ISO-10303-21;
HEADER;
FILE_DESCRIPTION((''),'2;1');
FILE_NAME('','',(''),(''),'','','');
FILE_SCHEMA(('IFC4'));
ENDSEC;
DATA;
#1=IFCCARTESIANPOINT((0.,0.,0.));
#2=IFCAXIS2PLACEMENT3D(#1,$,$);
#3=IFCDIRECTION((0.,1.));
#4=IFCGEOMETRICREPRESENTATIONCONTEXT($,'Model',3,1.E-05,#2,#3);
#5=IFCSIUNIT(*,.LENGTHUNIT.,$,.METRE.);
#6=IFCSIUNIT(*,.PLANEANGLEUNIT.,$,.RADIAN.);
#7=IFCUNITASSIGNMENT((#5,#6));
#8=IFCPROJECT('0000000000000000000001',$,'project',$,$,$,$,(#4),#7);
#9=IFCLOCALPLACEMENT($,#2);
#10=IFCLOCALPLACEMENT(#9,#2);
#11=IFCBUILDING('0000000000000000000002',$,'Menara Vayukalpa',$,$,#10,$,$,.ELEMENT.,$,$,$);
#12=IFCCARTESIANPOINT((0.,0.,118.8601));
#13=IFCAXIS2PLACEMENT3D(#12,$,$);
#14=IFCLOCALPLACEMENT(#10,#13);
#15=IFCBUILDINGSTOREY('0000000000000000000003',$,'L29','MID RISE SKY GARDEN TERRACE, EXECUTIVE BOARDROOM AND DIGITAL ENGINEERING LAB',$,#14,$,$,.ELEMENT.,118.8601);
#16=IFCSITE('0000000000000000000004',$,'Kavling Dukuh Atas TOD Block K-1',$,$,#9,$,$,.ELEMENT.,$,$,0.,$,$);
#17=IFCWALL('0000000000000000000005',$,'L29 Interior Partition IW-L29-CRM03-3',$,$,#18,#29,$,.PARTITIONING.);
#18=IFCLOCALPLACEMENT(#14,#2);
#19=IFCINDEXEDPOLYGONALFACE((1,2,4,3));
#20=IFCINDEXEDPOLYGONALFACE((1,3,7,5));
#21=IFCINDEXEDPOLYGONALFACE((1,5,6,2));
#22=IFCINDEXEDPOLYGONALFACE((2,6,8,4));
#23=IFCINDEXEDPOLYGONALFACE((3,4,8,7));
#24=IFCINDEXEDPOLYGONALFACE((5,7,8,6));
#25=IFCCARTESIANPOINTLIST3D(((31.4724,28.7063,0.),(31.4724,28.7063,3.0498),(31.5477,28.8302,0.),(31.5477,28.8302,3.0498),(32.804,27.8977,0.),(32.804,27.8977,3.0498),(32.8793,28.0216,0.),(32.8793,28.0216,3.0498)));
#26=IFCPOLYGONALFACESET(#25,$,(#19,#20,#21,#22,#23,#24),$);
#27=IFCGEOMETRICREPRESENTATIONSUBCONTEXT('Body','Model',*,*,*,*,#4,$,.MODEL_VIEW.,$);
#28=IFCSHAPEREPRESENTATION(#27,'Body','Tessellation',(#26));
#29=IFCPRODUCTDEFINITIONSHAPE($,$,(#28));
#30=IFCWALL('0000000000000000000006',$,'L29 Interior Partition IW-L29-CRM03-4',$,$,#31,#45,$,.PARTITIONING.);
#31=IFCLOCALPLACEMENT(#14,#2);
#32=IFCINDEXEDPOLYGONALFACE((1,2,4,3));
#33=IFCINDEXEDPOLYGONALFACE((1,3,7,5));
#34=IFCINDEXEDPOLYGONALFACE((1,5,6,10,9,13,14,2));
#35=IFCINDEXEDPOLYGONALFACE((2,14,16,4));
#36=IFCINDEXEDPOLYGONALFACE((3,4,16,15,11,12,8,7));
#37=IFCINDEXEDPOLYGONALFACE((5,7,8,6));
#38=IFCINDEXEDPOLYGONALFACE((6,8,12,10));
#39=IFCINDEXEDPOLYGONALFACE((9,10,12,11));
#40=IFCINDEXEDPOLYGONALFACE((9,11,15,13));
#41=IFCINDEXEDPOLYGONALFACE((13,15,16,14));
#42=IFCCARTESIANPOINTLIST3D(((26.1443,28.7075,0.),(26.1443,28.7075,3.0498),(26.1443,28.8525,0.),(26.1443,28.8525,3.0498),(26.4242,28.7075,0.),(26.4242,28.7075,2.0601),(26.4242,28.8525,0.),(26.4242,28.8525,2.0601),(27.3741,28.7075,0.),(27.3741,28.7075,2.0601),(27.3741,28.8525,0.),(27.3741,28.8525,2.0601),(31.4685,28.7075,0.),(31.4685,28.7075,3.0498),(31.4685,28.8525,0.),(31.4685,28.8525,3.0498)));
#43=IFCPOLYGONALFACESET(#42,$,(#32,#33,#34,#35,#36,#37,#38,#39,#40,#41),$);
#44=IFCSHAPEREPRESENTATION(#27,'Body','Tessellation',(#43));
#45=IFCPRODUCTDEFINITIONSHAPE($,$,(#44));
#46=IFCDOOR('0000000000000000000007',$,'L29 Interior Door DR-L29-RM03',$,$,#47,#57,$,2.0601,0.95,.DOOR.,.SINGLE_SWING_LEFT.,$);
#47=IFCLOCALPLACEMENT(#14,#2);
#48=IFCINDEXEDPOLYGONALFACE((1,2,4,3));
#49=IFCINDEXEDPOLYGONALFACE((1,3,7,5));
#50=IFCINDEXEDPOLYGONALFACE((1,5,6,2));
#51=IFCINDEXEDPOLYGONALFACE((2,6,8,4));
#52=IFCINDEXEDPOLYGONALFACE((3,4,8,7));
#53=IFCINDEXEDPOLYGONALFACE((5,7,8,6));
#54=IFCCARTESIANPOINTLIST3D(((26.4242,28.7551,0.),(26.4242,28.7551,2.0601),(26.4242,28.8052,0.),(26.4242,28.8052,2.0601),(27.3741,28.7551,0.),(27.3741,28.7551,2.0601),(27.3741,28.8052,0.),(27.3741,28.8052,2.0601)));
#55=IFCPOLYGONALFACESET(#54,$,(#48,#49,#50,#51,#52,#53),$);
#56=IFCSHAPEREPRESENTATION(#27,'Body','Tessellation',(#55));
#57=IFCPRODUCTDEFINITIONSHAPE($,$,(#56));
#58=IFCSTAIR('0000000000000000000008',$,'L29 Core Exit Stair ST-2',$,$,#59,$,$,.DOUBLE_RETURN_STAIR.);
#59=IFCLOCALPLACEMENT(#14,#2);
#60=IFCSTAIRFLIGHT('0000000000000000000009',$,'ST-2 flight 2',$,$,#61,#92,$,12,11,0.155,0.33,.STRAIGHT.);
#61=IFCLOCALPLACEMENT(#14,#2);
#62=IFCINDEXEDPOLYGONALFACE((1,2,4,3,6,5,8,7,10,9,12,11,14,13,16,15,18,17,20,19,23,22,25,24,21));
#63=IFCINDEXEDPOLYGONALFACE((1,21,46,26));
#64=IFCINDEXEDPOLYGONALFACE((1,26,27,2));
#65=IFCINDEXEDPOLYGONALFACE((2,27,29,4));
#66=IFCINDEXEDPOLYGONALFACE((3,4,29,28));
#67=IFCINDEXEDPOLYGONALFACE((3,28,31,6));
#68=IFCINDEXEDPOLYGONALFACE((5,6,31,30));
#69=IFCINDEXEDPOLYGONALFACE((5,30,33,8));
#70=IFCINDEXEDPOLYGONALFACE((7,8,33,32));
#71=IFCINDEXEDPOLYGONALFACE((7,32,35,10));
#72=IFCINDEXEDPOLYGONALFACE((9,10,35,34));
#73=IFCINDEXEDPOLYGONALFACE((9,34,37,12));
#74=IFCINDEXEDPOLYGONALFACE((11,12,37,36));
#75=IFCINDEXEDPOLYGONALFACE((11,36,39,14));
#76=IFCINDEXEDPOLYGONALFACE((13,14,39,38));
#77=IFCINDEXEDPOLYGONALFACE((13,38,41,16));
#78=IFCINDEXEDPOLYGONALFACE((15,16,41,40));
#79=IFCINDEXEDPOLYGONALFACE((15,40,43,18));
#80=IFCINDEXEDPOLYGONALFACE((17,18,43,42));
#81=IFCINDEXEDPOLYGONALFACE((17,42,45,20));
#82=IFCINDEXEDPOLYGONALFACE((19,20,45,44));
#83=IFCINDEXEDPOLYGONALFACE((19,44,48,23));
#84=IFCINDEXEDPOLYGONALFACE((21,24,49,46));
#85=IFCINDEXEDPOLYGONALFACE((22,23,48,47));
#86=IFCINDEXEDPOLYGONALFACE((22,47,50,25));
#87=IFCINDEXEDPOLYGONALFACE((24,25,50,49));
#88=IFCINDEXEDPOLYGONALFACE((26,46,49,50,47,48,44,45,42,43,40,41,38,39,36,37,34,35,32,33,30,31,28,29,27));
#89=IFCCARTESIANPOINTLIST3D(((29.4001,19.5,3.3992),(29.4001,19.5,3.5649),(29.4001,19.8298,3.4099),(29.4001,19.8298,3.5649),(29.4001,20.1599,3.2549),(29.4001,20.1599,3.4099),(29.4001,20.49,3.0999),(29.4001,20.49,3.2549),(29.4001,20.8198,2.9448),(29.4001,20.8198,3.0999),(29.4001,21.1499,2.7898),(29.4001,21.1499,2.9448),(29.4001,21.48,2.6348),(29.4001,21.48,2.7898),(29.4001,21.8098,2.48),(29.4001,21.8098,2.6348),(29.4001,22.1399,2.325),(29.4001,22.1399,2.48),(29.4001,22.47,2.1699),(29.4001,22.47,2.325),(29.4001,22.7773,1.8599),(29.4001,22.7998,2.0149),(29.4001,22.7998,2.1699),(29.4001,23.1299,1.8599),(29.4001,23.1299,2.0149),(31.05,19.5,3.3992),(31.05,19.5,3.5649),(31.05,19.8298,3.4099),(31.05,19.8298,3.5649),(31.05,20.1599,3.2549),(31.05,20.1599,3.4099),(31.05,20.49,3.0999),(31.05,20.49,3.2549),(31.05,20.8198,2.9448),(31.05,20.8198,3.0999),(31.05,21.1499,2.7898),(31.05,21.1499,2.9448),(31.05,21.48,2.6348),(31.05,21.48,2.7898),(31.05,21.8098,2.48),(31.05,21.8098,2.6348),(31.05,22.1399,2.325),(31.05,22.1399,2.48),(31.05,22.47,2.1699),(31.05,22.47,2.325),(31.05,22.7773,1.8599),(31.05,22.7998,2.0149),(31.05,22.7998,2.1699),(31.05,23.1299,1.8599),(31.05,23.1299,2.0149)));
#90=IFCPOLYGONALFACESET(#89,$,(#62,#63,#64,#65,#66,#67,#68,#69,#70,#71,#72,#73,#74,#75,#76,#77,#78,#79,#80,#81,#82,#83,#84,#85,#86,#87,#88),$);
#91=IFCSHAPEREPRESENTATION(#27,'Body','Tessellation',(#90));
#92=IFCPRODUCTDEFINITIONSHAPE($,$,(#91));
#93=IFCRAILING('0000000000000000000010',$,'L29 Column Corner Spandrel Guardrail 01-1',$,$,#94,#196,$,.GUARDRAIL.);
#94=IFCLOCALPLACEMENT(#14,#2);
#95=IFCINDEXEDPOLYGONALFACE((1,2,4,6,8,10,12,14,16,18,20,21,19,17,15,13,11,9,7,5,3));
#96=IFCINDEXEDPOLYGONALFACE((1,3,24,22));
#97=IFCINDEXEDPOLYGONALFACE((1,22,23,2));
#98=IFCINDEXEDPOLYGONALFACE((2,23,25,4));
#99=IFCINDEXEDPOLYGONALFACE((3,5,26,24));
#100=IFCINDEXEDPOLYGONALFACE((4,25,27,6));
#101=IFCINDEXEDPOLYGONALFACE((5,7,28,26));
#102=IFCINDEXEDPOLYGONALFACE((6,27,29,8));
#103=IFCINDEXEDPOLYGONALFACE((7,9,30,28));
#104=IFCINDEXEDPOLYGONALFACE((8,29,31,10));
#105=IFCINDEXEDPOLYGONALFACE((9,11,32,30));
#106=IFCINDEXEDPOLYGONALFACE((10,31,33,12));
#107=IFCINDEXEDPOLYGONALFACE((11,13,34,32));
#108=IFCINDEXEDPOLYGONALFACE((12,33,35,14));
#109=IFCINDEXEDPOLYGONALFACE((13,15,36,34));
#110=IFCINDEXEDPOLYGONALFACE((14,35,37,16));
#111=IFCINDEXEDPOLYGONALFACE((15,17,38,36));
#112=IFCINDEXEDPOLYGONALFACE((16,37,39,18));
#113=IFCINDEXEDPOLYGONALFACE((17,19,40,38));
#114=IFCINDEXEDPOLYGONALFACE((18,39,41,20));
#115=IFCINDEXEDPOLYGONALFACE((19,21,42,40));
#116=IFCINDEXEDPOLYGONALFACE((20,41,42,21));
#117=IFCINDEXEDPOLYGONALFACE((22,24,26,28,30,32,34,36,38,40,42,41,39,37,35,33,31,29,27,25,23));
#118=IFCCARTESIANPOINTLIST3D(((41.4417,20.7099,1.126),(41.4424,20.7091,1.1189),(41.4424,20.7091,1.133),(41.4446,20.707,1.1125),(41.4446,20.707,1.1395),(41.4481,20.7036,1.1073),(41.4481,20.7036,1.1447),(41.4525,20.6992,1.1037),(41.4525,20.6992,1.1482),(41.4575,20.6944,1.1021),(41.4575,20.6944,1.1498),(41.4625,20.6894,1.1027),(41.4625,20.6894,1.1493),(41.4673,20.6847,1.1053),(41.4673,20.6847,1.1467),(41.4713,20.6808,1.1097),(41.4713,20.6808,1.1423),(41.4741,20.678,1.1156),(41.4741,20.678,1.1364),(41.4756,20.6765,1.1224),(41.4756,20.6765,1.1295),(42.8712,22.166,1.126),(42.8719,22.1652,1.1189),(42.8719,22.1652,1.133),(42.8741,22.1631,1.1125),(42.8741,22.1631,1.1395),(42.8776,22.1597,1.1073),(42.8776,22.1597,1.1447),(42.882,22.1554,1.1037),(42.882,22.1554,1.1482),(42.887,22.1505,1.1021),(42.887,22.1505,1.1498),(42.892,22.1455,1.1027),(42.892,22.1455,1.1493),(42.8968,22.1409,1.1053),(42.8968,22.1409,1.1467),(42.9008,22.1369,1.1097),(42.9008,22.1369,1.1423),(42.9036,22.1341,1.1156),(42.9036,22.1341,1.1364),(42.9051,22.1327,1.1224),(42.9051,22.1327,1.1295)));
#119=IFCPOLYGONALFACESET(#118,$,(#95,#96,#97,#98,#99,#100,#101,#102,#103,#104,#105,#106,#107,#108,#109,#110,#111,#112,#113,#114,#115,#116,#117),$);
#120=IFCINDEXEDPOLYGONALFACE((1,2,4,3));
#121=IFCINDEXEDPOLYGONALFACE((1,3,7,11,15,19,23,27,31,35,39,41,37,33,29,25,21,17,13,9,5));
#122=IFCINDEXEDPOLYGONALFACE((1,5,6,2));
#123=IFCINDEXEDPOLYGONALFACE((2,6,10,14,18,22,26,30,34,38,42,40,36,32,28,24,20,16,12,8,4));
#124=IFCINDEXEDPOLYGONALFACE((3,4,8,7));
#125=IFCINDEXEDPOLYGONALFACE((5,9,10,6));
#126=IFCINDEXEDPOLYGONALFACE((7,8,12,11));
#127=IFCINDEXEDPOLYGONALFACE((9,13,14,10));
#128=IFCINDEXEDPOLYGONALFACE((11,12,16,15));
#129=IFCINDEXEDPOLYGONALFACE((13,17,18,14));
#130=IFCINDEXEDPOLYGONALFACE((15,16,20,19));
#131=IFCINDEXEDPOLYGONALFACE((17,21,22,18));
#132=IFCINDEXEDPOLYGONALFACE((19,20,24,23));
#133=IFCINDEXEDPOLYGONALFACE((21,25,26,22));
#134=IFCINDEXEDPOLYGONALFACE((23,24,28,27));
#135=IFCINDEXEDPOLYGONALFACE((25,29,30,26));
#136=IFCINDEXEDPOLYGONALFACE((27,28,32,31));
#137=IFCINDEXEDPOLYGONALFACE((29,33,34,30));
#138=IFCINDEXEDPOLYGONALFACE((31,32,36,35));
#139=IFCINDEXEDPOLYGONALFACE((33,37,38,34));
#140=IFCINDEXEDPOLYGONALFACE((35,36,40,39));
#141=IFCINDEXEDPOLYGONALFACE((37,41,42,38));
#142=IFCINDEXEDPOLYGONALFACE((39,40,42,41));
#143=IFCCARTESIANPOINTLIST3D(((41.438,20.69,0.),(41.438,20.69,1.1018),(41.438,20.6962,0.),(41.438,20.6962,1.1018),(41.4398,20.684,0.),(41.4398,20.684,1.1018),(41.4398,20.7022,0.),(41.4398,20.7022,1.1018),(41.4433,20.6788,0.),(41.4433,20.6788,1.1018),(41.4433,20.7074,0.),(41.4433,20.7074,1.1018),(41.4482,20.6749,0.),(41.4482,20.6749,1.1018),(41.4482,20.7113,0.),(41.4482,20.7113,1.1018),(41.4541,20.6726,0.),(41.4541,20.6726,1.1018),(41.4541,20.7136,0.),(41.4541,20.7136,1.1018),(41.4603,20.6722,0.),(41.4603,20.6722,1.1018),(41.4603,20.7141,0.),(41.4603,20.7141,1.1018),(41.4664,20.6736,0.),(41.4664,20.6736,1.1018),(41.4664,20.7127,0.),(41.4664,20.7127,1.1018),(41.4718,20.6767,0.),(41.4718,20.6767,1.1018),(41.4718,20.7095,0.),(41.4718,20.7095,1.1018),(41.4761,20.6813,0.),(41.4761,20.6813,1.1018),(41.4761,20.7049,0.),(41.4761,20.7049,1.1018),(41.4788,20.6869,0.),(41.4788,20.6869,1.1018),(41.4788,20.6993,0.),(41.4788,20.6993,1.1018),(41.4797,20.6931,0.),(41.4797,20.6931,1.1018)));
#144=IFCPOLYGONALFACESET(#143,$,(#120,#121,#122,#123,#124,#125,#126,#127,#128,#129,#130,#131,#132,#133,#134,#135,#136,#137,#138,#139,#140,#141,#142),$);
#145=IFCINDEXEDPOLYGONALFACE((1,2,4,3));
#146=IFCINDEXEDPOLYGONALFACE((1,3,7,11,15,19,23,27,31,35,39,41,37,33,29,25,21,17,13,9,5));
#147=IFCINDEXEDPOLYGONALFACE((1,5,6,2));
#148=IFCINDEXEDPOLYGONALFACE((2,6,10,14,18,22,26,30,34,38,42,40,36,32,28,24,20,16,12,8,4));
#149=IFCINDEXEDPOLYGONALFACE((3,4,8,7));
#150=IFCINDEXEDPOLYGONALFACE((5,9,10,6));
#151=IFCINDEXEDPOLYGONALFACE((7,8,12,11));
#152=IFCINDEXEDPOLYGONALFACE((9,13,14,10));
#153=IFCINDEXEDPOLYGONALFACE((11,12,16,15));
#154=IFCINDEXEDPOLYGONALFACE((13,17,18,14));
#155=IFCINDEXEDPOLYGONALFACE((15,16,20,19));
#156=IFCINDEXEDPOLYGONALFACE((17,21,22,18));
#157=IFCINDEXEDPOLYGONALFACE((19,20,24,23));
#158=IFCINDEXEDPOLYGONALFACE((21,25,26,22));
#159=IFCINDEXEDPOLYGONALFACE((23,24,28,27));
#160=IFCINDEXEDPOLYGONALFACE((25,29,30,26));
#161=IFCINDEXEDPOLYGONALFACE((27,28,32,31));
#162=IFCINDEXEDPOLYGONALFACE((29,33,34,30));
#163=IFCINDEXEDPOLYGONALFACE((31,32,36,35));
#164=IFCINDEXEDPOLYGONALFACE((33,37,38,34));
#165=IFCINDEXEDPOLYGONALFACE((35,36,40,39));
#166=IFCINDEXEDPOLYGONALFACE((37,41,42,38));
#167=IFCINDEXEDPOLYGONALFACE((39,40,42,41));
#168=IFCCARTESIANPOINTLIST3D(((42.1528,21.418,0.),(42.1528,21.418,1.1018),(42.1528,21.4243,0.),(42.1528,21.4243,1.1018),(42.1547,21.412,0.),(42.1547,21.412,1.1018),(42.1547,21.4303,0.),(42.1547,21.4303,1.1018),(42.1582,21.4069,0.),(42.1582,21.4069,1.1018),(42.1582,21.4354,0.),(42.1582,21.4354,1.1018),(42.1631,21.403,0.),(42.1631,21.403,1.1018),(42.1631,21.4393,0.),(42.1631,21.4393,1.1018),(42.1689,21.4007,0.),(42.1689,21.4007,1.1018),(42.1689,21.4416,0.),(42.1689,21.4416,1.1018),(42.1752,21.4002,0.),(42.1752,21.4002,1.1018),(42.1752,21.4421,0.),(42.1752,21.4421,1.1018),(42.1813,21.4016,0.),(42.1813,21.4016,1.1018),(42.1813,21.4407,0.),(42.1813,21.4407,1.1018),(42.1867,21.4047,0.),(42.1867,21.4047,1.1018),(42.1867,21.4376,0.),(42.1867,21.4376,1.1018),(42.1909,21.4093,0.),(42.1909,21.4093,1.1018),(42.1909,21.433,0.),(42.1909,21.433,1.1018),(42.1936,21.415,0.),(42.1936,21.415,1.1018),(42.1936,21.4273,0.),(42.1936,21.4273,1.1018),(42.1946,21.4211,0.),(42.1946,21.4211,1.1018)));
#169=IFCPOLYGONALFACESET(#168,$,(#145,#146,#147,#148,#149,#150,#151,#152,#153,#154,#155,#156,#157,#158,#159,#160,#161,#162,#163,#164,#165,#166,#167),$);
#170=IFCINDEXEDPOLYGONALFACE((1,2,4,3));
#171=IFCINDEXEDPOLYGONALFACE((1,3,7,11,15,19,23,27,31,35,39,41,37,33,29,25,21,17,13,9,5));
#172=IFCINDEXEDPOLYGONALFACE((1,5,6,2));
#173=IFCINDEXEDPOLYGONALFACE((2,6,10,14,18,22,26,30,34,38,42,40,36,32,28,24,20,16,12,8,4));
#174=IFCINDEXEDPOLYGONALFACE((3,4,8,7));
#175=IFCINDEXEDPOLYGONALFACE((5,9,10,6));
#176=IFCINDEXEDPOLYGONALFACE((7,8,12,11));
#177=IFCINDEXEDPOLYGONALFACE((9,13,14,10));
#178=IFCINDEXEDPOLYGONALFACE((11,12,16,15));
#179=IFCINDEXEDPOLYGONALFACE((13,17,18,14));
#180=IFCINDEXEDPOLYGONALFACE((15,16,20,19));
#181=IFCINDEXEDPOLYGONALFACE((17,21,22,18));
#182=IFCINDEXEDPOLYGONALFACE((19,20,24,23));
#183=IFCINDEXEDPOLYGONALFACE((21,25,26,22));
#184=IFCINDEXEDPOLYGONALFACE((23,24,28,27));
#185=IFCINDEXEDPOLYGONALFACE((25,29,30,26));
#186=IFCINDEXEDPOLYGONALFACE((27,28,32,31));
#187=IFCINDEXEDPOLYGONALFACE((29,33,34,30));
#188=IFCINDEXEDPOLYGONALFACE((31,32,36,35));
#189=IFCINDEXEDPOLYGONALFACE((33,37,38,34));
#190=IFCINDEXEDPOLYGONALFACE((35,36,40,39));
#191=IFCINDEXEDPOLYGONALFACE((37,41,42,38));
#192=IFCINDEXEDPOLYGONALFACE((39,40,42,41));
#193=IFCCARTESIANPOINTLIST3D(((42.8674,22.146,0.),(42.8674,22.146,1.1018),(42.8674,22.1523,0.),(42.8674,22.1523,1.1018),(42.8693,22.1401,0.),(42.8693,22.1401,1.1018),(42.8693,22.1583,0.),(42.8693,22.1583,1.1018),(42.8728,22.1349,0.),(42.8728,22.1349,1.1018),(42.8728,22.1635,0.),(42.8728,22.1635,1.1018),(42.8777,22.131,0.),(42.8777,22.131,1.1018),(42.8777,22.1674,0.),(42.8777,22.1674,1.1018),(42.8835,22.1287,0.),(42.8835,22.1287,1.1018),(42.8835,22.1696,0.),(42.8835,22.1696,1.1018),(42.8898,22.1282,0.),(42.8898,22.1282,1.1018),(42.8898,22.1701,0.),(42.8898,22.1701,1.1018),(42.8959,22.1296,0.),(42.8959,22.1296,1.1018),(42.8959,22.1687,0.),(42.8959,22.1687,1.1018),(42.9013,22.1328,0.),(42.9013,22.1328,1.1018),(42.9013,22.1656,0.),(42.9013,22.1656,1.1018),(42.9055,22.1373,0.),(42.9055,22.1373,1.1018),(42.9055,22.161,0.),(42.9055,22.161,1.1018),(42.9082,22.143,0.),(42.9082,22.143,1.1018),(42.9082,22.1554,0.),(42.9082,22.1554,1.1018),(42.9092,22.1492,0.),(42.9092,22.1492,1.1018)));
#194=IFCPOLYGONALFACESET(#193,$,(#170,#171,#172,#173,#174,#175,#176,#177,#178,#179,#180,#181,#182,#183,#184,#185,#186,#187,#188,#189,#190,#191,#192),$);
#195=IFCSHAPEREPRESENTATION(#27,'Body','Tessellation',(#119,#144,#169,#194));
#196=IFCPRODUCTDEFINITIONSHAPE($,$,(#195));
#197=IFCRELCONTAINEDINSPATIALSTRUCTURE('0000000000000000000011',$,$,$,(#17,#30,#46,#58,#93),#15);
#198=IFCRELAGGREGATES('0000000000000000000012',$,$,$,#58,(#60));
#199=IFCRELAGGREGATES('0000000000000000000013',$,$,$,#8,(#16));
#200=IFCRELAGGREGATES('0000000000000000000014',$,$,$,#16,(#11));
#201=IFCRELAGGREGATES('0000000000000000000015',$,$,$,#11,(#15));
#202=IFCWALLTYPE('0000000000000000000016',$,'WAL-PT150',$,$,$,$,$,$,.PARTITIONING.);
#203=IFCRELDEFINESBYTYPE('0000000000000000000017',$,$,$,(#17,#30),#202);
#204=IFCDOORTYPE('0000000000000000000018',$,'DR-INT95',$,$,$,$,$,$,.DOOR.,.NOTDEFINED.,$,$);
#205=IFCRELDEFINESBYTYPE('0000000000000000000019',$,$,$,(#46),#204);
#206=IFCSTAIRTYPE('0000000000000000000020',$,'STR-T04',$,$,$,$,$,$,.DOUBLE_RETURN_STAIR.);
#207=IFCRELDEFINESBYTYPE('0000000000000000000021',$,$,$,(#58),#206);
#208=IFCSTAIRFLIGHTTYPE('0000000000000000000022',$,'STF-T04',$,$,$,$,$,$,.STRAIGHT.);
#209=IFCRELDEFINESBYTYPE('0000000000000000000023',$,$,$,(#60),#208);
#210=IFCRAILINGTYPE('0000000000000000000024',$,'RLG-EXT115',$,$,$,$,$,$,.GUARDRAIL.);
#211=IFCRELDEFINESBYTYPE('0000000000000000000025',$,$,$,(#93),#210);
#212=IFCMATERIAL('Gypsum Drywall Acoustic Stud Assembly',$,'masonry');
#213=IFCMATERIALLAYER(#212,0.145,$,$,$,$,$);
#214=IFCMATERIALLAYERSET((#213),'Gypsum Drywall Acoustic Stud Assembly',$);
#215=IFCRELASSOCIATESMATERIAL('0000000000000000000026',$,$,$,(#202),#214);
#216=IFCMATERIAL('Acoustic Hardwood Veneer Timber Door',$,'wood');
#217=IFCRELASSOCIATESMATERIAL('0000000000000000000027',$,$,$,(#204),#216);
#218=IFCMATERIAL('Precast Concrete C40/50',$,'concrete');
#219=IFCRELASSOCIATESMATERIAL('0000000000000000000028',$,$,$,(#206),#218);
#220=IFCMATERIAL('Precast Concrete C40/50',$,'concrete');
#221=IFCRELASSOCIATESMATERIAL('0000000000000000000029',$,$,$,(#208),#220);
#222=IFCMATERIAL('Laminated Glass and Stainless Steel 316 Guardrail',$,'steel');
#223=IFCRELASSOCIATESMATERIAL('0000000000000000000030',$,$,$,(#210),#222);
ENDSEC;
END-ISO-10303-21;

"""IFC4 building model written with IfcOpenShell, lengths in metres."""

from ifc_helpers import new_model, si_unit, direction, frame, frame_2d, origin, origin_2d, place, context, subcontext, project, spatial, polyline, rectangle, circle, outline, extrude, material, layer, layer_set, type_object, element, fill, aggregate, save


model = new_model("IFC4")

# Units and contexts
model_context = context("Model", 3, precision=1e-05, world=origin(), true_north=direction((0.0, 1.0)))
body_context = subcontext(model_context, "Body", "Model", "MODEL_VIEW")
ifc_project = project(units=[si_unit("LENGTHUNIT", "METRE"), si_unit("PLANEANGLEUNIT", "RADIAN")], contexts=[model_context])

# Site, building, storey
site_placement = place(None, origin())
site = spatial("IfcSite", under=ifc_project, at=site_placement, Name="Kavling Dukuh Atas TOD Block K-1", CompositionType="ELEMENT", RefElevation=0.0)
building_placement = place(site_placement, origin())
building = spatial("IfcBuilding", under=site, at=building_placement, Name="Menara Vayukalpa", CompositionType="ELEMENT")
storey_placement = place(building_placement, frame((0.0, 0.0, 118.8601)))
storey = spatial("IfcBuildingStorey", under=building, at=storey_placement, Name="L29", Description="MID RISE SKY GARDEN TERRACE, EXECUTIVE BOARDROOM AND DIGITAL ENGINEERING LAB", CompositionType="ELEMENT", Elevation=118.8601)

# Wall
ifc_material_1 = material(Name="Gypsum Drywall Acoustic Stud Assembly", Category="masonry")
ifc_layer_1 = layer(ifc_material_1, 0.145)
ifc_layer_set_1 = layer_set([ifc_layer_1], Name="Gypsum Drywall Acoustic Stud Assembly")
wall_type_1 = type_object("IfcWallType", Name="WAL-PT150", PredefinedType="PARTITIONING", material=ifc_layer_set_1)
wall_1_placement = place(storey_placement, frame((32.8416, 27.9597, 0.0), z_axis=(0.0, 0.0, 1.0), x_axis=(-0.854743, 0.519052, 0.0)))
element("IfcWall", 1, at=wall_1_placement, inside=storey, type_object=wall_type_1, Name="L29 Interior Partition IW-L29-CRM03-3", PredefinedType="PARTITIONING", context=body_context, shape_type="SweptSolid", body=[
    extrude(rectangle(XDim=1.5579, YDim=0.145, at=frame_2d((0.7788, 0.0))), origin(), (0.0, 0.0, 1.0), 3.0498),
])

# Wall, opening, door
wall_2_placement = place(storey_placement, frame((31.4685, 28.78, 0.0), z_axis=(0.0, 0.0, 1.0), x_axis=(-1.0, 0.0, 0.0)))
wall_2 = element("IfcWall", 2, at=wall_2_placement, inside=storey, type_object=wall_type_1, Name="L29 Interior Partition IW-L29-CRM03-4", PredefinedType="PARTITIONING", context=body_context, shape_type="SweptSolid", body=[
    extrude(rectangle(XDim=5.3242, YDim=0.145, at=frame_2d((2.6621, 0.0))), origin(), (0.0, 0.0, 1.0), 3.0498),
])
opening_placement = place(wall_2_placement, frame((4.0942, 0.0, 0.0)))
opening = element("IfcOpeningElement", 3, at=opening_placement, cuts=wall_2, PredefinedType="OPENING", context=body_context, shape_type="SweptSolid", body=[
    extrude(rectangle(XDim=0.95, YDim=2.0601, at=frame_2d((0.4751, 1.03))), frame((0.0, 0.0825, 0.0), z_axis=(0.0, -1.0, 0.0), x_axis=(1.0, 0.0, 0.0)), (0.0, 0.0, 1.0), 0.165),
])
ifc_material_2 = material(Name="Acoustic Hardwood Veneer Timber Door", Category="wood")
door_type = type_object("IfcDoorType", Name="DR-INT95", OperationType="NOTDEFINED", PredefinedType="DOOR", material=ifc_material_2)
door_placement = place(opening_placement, origin())
door = element("IfcDoor", 4, at=door_placement, inside=storey, type_object=door_type, Name="L29 Interior Door DR-L29-RM03", OperationType="SINGLE_SWING_LEFT", OverallHeight=2.0601, OverallWidth=0.95, PredefinedType="DOOR", context=body_context, shape_type="SweptSolid", body=[
    extrude(rectangle(XDim=0.95, YDim=2.0601, at=frame_2d((0.4751, 1.03))), frame((0.0, 0.0249, 0.0), z_axis=(0.0, -1.0, 0.0), x_axis=(1.0, 0.0, 0.0)), (0.0, 0.0, 1.0), 0.05),
])
fill(opening, door)

# Stair, stair flight
ifc_material_3 = material(Name="Precast Concrete C40/50", Category="concrete")
stair_type = type_object("IfcStairType", Name="STR-T04", PredefinedType="DOUBLE_RETURN_STAIR", material=ifc_material_3)
stair_placement = place(storey_placement, origin())
stair = element("IfcStair", 5, at=stair_placement, inside=storey, type_object=stair_type, Name="L29 Core Exit Stair ST-2", PredefinedType="DOUBLE_RETURN_STAIR")
ifc_material_4 = material(Name="Precast Concrete C40/50", Category="concrete")
stair_flight_type = type_object("IfcStairFlightType", Name="STF-T04", PredefinedType="STRAIGHT", material=ifc_material_4)
stair_flight_placement = place(storey_placement, frame((30.2251, 23.1299, 1.8599), z_axis=(0.0, 0.0, 1.0), x_axis=(0.0, -1.0, 0.0)))
stair_flight = element("IfcStairFlight", 6, at=stair_flight_placement, type_object=stair_flight_type, Name="ST-2 flight 2", NumberOfRisers=12, NumberOfTreads=11, PredefinedType="STRAIGHT", RiserHeight=0.155, TreadLength=0.33, context=body_context, shape_type="SweptSolid", body=[
    extrude(outline(polyline([(0.0, 0.0), (0.0, 0.155), (0.3301, 0.155), (0.3301, 0.3101), (0.6599, 0.3101), (0.6599, 0.4651), (0.99, 0.4651), (0.99, 0.6201), (1.3201, 0.6201), (1.3201, 0.7749), (1.6499, 0.7749), (1.6499, 0.9299), (1.98, 0.9299), (1.98, 1.085), (2.3101, 1.085), (2.3101, 1.24), (2.6399, 1.24), (2.6399, 1.395), (2.97, 1.395), (2.97, 1.55), (3.3, 1.55), (3.3, 1.7051), (3.6299, 1.7051), (3.6299, 1.8601), (3.6299, 1.5393), (0.3525, 0.0), (0.0, 0.0)])), frame((0.0, 0.825, 0.0), z_axis=(0.0, -1.0, 0.0), x_axis=(1.0, 0.0, 0.0)), (0.0, 0.0, 1.0), 1.6499),
])
aggregate(stair, [stair_flight])

# Railing
ifc_material_5 = material(Name="Laminated Glass and Stainless Steel 316 Guardrail", Category="steel")
railing_type_1 = type_object("IfcRailingType", Name="RLG-EXT115", PredefinedType="GUARDRAIL", material=ifc_material_5)
railing_1_placement = place(storey_placement, frame((41.4587, 20.6931, 0.0)))
element("IfcRailing", 7, at=railing_1_placement, inside=storey, type_object=railing_type_1, Name="L29 Column Corner Spandrel Guardrail 01-1", PredefinedType="GUARDRAIL", context=body_context, shape_type="SweptSolid", body=[
    extrude(circle(Radius=0.0239, at=origin_2d()), frame((0.0, 0.0, 1.126), z_axis=(0.700556, 0.713598, 0.0), x_axis=(-0.713598, 0.700556, 0.0)), (0.0, 0.0, 1.0), 2.0405),
    extrude(circle(Radius=0.021, at=origin_2d()), origin(), (0.0, 0.0, 1.0), 1.1018),
    extrude(circle(Radius=0.021, at=origin_2d()), frame((0.7148, 0.728, 0.0)), (0.0, 0.0, 1.0), 1.1018),
    extrude(circle(Radius=0.021, at=origin_2d()), frame((1.4294, 1.4561, 0.0)), (0.0, 0.0, 1.0), 1.1018),
])

save(model, "model.ifc")
